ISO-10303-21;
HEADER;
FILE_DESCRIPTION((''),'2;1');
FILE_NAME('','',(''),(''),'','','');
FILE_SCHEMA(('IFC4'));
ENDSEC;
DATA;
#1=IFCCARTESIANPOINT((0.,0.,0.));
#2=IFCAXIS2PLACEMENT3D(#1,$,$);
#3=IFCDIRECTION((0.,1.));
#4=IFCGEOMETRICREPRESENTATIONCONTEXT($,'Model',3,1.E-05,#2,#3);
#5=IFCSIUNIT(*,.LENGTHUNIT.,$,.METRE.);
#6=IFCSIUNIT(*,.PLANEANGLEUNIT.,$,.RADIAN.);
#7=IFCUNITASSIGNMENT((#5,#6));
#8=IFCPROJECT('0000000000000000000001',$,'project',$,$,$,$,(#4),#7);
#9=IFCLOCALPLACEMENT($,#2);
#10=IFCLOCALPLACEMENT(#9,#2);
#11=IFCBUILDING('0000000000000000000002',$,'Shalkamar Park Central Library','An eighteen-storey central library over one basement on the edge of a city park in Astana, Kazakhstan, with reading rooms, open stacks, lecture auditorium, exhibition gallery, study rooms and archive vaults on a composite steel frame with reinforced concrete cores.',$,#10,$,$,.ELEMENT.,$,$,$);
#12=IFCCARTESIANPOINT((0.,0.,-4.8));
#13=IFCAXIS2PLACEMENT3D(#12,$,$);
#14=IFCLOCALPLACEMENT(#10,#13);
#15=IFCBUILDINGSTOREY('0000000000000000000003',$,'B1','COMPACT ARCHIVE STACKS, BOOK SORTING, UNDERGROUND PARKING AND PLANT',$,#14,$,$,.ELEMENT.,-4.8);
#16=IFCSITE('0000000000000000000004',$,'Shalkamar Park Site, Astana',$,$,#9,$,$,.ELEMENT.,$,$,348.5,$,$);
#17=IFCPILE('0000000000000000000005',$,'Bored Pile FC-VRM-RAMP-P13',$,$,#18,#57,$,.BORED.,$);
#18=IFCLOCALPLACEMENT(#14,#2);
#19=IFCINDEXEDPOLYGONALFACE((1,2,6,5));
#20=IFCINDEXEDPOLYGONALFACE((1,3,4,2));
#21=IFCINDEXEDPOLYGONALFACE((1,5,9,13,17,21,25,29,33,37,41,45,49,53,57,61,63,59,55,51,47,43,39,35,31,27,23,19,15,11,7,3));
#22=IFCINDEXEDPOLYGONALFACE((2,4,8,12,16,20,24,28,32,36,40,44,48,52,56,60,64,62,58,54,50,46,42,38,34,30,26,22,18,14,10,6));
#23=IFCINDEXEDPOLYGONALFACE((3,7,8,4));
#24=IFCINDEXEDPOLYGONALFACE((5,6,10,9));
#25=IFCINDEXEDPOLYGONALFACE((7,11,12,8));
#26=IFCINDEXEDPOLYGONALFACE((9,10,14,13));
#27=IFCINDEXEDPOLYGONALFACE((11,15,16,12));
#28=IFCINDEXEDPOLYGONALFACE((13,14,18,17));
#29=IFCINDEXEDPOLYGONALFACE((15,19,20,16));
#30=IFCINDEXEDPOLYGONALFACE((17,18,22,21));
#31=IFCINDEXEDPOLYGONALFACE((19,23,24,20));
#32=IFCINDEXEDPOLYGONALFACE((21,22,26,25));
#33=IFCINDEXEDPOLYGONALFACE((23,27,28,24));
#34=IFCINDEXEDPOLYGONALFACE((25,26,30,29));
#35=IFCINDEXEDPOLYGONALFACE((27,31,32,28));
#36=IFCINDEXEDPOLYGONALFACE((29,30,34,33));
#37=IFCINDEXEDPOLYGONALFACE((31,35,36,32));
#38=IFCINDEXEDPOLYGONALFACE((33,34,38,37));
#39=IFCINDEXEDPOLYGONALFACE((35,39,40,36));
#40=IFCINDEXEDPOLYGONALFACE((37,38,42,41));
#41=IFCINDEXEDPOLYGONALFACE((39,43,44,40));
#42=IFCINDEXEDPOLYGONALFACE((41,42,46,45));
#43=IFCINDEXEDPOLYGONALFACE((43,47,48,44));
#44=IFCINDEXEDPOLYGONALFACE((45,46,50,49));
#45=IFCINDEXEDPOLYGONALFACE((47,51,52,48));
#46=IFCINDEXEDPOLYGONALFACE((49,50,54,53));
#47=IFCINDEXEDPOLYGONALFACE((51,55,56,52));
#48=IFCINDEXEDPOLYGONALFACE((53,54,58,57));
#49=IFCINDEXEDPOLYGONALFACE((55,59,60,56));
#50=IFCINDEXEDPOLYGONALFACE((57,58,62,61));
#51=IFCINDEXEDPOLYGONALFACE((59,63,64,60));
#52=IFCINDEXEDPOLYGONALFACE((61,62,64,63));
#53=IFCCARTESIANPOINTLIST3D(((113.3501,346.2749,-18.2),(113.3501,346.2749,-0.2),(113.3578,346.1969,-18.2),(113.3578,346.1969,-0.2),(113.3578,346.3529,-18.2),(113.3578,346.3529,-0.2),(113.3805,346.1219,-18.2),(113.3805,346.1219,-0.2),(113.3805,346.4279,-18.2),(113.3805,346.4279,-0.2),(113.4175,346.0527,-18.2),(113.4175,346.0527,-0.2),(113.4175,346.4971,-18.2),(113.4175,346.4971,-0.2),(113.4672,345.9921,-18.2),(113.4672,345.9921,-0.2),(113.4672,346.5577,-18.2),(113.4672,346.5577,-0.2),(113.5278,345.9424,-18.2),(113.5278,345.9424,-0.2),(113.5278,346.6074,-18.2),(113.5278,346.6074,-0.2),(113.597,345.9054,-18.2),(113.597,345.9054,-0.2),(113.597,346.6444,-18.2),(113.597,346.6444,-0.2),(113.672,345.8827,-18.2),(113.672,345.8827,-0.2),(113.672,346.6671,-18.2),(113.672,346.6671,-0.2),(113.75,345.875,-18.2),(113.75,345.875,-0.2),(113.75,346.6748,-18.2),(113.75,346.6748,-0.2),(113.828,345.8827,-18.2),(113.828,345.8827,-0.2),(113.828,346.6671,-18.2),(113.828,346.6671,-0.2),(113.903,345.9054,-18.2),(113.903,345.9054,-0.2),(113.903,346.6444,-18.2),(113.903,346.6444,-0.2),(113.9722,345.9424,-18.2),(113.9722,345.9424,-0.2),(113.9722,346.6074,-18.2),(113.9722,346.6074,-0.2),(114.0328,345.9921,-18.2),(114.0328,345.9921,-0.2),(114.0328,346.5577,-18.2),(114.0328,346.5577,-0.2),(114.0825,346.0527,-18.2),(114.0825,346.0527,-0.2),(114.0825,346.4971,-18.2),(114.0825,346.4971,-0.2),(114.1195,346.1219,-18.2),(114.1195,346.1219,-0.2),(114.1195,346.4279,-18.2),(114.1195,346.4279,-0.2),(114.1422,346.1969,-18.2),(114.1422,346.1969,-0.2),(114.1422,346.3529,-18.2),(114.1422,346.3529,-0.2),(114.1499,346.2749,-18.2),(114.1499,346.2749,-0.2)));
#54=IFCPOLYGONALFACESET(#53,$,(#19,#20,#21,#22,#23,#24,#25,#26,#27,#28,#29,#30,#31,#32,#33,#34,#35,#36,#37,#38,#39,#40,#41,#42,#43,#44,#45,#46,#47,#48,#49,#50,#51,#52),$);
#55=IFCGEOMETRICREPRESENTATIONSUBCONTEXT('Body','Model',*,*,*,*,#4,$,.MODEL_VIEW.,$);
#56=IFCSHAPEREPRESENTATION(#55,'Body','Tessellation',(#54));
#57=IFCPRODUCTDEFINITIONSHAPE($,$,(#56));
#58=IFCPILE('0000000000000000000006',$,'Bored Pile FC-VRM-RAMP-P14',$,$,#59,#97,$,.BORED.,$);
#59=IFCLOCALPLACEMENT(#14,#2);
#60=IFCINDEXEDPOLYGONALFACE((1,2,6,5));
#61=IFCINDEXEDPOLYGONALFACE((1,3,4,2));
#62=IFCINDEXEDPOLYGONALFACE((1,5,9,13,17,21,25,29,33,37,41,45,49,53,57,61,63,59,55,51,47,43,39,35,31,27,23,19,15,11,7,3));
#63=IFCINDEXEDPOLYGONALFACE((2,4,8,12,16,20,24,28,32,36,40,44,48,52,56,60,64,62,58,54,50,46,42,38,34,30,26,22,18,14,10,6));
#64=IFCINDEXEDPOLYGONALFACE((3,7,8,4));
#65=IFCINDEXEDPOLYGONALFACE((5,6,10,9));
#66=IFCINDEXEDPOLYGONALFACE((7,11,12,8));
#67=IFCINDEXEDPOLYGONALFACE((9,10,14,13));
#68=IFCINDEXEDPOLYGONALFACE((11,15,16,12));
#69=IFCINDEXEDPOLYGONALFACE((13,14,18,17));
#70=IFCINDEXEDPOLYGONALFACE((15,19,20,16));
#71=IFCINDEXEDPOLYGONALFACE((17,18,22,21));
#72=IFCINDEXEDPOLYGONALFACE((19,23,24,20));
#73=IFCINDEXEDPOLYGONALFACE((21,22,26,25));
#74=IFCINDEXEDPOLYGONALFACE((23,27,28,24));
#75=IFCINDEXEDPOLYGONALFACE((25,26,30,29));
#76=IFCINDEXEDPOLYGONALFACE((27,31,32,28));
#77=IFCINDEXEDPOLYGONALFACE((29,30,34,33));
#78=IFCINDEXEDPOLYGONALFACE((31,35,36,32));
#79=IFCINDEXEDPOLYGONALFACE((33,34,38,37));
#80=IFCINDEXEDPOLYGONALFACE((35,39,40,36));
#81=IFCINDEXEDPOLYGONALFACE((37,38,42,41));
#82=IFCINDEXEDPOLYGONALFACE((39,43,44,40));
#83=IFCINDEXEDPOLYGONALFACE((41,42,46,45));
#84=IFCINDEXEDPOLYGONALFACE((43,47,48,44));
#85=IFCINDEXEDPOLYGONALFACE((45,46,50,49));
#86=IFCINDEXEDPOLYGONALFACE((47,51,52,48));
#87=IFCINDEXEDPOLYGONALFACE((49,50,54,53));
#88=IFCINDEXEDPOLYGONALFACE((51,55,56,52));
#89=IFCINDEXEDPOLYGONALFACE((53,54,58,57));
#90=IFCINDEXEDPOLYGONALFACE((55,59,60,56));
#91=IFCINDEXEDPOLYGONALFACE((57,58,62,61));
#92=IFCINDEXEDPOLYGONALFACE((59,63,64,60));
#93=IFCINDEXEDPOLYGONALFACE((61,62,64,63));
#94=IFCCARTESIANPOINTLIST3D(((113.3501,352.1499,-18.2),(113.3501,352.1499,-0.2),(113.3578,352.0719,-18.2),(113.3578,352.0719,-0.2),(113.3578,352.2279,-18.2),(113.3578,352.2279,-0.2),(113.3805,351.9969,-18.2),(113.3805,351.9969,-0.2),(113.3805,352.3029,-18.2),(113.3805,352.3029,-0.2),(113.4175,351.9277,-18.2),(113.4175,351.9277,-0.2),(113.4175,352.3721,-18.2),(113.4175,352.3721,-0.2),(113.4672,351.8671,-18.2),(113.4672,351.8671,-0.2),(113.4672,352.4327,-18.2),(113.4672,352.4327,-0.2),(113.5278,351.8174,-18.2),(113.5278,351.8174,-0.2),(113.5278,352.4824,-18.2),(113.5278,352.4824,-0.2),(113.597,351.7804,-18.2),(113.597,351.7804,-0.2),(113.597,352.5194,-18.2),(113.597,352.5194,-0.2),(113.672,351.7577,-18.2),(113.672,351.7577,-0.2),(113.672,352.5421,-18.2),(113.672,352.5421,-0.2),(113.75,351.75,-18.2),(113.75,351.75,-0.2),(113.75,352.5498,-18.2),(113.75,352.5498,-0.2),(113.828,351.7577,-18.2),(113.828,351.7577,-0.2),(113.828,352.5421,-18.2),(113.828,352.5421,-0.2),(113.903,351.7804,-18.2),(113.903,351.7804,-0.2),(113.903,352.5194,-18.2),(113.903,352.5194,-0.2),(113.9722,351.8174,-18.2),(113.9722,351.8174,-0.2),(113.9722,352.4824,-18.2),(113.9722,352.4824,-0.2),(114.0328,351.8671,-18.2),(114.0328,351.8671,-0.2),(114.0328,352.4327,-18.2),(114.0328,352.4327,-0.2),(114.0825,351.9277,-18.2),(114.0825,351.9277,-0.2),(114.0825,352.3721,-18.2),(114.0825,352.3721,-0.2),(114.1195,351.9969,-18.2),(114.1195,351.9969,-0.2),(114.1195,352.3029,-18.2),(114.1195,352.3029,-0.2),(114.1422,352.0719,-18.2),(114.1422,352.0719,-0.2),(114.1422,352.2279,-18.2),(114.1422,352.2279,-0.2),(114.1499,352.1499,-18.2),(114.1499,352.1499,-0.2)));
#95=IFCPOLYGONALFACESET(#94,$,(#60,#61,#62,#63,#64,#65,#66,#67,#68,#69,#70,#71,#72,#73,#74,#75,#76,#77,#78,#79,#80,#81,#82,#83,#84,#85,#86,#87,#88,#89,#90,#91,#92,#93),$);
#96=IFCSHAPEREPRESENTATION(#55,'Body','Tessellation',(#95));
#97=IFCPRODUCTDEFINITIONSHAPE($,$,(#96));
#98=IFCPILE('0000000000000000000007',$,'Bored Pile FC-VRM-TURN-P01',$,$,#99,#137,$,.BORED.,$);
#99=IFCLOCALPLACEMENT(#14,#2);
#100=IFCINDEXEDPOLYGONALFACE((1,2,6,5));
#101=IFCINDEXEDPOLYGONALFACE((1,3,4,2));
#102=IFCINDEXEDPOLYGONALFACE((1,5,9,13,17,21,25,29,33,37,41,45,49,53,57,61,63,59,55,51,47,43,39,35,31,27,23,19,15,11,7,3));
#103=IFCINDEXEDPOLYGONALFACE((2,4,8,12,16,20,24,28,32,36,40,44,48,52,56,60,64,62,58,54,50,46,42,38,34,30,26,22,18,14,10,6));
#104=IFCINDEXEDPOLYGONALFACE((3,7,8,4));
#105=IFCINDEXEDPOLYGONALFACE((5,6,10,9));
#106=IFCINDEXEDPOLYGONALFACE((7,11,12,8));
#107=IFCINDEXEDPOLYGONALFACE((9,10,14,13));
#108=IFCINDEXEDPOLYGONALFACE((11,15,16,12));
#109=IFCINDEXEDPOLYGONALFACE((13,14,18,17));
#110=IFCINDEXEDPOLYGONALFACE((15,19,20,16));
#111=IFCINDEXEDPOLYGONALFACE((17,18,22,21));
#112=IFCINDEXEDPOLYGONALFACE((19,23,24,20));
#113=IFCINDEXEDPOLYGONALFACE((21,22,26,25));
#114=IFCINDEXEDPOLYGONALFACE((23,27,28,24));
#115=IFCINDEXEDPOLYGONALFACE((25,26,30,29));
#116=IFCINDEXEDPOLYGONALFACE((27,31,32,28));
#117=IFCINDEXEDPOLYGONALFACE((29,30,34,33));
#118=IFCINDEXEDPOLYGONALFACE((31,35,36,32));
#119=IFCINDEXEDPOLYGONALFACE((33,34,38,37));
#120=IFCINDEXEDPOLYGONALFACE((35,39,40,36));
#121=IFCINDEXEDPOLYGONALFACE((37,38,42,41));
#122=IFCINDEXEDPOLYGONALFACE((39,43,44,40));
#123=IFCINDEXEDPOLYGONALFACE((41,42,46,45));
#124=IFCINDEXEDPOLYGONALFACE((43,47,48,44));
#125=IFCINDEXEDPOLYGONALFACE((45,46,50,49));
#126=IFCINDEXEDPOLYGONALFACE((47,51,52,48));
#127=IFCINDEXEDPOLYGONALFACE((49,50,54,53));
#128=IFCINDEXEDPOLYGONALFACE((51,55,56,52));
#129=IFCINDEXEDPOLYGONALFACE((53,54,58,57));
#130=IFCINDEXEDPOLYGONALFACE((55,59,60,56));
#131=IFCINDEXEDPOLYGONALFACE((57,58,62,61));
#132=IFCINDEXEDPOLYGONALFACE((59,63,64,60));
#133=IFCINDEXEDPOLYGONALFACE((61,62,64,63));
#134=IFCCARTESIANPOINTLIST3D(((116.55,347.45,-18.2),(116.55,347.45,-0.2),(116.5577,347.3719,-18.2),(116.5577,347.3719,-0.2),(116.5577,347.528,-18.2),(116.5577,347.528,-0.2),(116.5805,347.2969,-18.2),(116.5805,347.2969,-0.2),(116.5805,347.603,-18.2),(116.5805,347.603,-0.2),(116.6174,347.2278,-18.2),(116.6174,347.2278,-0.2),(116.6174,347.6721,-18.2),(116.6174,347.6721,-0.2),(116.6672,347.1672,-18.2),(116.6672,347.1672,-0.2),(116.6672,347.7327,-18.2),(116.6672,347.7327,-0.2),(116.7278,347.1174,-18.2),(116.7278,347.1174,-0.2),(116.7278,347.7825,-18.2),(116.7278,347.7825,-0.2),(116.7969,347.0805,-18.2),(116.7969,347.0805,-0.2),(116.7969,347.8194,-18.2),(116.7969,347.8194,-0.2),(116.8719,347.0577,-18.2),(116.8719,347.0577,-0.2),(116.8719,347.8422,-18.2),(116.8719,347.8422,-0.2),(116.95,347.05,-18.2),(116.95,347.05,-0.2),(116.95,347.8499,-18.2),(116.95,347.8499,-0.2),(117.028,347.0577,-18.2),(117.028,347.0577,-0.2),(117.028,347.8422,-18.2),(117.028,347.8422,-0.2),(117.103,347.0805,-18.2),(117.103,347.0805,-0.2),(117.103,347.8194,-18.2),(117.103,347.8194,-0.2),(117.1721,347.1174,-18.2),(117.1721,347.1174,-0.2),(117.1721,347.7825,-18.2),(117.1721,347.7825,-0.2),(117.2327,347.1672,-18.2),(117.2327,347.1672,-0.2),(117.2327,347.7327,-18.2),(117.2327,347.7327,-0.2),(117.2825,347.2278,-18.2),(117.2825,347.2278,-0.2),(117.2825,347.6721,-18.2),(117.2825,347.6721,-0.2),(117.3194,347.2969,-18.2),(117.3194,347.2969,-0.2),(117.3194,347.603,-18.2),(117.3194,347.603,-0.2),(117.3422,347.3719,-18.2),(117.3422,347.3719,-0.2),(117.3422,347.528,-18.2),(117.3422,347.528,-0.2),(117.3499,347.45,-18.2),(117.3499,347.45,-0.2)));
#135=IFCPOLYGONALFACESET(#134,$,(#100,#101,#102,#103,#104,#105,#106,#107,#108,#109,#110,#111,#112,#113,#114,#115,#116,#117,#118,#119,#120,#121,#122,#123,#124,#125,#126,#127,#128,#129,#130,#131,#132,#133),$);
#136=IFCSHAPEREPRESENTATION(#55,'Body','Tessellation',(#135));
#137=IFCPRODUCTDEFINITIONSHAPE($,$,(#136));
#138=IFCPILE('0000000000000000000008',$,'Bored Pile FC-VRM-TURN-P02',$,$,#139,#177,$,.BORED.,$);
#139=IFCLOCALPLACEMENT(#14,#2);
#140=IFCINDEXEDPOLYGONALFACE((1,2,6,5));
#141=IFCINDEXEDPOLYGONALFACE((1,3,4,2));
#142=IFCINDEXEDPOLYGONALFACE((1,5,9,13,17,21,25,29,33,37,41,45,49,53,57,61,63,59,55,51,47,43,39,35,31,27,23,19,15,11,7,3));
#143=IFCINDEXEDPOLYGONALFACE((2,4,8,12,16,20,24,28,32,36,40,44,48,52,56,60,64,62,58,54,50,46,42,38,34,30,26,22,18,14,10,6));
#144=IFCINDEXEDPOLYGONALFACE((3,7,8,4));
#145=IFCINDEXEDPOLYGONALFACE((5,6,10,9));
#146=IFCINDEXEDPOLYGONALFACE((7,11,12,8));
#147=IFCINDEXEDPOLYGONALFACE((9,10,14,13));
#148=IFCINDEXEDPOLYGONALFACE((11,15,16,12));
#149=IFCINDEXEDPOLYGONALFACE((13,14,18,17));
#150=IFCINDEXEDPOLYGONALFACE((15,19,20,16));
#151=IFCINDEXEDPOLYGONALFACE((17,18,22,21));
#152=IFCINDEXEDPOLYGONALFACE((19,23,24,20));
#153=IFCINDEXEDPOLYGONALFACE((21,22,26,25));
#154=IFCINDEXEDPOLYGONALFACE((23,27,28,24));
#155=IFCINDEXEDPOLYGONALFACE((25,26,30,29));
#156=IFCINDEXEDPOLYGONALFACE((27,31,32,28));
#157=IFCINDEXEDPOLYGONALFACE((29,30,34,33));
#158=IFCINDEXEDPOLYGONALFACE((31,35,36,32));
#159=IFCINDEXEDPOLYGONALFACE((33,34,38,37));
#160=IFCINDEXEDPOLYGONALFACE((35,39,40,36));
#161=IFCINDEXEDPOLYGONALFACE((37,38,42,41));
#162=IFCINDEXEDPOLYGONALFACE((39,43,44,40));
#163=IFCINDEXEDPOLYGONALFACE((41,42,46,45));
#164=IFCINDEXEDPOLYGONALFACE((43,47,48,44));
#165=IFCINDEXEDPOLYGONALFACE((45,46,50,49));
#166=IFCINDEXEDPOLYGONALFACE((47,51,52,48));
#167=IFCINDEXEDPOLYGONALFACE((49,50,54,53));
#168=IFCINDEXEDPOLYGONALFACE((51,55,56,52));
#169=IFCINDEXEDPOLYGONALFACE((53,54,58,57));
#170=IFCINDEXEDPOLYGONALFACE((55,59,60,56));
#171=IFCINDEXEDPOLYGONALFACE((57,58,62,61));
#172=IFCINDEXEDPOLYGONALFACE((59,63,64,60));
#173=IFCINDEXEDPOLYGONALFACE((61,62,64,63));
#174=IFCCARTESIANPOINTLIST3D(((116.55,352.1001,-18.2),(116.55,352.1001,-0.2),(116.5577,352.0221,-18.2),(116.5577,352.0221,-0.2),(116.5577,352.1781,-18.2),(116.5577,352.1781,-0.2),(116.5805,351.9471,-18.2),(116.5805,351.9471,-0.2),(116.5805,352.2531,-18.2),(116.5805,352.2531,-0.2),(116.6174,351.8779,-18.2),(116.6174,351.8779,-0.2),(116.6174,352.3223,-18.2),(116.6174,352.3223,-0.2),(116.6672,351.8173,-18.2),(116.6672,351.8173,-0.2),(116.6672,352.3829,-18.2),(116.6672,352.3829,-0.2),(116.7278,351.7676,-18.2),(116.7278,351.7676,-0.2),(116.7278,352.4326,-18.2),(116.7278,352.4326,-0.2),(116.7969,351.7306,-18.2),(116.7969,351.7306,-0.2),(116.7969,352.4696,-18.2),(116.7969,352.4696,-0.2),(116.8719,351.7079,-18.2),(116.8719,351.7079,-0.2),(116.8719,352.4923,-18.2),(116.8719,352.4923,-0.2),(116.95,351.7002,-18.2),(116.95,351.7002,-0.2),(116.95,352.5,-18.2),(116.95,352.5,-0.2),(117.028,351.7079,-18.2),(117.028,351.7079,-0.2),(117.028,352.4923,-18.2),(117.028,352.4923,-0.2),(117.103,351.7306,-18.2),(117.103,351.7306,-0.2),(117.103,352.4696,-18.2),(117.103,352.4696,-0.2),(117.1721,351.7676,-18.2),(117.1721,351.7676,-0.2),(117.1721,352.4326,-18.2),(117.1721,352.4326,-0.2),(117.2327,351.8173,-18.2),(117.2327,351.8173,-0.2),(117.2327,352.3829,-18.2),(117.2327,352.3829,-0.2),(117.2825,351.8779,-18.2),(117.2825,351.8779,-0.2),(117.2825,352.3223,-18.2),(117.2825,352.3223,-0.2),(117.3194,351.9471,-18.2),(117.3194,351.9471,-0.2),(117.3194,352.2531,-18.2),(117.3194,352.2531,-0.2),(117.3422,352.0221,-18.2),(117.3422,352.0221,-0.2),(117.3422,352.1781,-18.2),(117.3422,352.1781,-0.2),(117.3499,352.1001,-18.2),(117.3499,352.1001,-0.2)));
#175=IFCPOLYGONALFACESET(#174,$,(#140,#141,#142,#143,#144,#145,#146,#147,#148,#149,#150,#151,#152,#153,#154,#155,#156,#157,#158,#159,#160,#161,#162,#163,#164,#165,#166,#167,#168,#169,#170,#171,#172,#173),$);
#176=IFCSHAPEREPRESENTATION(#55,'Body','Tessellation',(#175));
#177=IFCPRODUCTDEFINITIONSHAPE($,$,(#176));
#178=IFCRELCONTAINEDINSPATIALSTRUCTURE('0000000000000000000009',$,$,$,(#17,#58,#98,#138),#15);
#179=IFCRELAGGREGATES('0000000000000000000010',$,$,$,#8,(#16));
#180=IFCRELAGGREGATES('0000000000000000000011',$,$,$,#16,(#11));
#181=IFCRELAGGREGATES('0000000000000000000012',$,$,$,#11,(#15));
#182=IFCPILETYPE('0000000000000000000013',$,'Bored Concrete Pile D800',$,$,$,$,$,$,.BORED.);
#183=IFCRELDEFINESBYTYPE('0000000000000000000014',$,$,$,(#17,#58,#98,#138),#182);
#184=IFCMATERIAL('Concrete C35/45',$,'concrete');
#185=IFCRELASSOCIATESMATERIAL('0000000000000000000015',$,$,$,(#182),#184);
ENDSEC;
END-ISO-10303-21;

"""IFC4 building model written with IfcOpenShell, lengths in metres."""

from ifc_helpers import new_model, si_unit, direction, frame, origin, origin_2d, place, context, subcontext, project, spatial, circle, extrude, material, material_profile, profile_set, type_object, element, save


model = new_model("IFC4")

# Units and contexts
model_context = context("Model", 3, precision=1e-05, world=origin(), true_north=direction((0.0, 1.0)))
body_context = subcontext(model_context, "Body", "Model", "MODEL_VIEW")
ifc_project = project(units=[si_unit("LENGTHUNIT", "METRE"), si_unit("PLANEANGLEUNIT", "RADIAN")], contexts=[model_context])

# Site, building, storey
site_placement = place(None, origin())
site = spatial("IfcSite", under=ifc_project, at=site_placement, Name="Shalkamar Park Site, Astana", CompositionType="ELEMENT", RefElevation=348.5)
building_placement = place(site_placement, origin())
building = spatial("IfcBuilding", under=site, at=building_placement, Name="Shalkamar Park Central Library", Description="An eighteen-storey central library over one basement on the edge of a city park in Astana, Kazakhstan, with reading rooms, open stacks, lecture auditorium, exhibition gallery, study rooms and archive vaults on a composite steel frame with reinforced concrete cores.", CompositionType="ELEMENT")
storey_placement = place(building_placement, frame((0.0, 0.0, -4.8)))
storey = spatial("IfcBuildingStorey", under=building, at=storey_placement, Name="B1", Description="COMPACT ARCHIVE STACKS, BOOK SORTING, UNDERGROUND PARKING AND PLANT", CompositionType="ELEMENT", Elevation=-4.8)

# Piles
ifc_material_1 = material(Name="Concrete C35/45", Category="concrete")
ifc_material_profile_1 = material_profile(ifc_material_1, circle(Radius=0.3999, at=origin_2d()), Name="PILE D800")
ifc_profile_set_1 = profile_set([ifc_material_profile_1], Name="Concrete C35/45")
pile_type_1 = type_object("IfcPileType", Name="Bored Concrete Pile D800", PredefinedType="BORED", material=ifc_profile_set_1)
for number, where, z_axis, x_axis, name in (
    (1, (113.75, 346.2749, -0.2), (0.0, 0.0, -1.0), (1.0, 0.0, 0.0), "Bored Pile FC-VRM-RAMP-P13"),
    (2, (113.75, 352.1499, -0.2), (0.0, 0.0, -1.0), (1.0, 0.0, 0.0), "Bored Pile FC-VRM-RAMP-P14"),
    (3, (116.95, 347.45, -0.2), (0.0, 0.0, -1.0), (1.0, 0.0, 0.0), "Bored Pile FC-VRM-TURN-P01"),
    (4, (116.95, 352.1001, -0.2), (0.0, 0.0, -1.0), (1.0, 0.0, 0.0), "Bored Pile FC-VRM-TURN-P02"),
):
    element("IfcPile", number, at=place(storey_placement, frame(where, z_axis=z_axis, x_axis=x_axis)), inside=storey, type_object=pile_type_1, Name=name, PredefinedType="BORED", context=body_context, shape_type="SweptSolid", body=[
        extrude(circle(Radius=0.3999, at=origin_2d()), origin(), (0.0, 0.0, 1.0), 18.0),
    ])

save(model, "model.ifc")
